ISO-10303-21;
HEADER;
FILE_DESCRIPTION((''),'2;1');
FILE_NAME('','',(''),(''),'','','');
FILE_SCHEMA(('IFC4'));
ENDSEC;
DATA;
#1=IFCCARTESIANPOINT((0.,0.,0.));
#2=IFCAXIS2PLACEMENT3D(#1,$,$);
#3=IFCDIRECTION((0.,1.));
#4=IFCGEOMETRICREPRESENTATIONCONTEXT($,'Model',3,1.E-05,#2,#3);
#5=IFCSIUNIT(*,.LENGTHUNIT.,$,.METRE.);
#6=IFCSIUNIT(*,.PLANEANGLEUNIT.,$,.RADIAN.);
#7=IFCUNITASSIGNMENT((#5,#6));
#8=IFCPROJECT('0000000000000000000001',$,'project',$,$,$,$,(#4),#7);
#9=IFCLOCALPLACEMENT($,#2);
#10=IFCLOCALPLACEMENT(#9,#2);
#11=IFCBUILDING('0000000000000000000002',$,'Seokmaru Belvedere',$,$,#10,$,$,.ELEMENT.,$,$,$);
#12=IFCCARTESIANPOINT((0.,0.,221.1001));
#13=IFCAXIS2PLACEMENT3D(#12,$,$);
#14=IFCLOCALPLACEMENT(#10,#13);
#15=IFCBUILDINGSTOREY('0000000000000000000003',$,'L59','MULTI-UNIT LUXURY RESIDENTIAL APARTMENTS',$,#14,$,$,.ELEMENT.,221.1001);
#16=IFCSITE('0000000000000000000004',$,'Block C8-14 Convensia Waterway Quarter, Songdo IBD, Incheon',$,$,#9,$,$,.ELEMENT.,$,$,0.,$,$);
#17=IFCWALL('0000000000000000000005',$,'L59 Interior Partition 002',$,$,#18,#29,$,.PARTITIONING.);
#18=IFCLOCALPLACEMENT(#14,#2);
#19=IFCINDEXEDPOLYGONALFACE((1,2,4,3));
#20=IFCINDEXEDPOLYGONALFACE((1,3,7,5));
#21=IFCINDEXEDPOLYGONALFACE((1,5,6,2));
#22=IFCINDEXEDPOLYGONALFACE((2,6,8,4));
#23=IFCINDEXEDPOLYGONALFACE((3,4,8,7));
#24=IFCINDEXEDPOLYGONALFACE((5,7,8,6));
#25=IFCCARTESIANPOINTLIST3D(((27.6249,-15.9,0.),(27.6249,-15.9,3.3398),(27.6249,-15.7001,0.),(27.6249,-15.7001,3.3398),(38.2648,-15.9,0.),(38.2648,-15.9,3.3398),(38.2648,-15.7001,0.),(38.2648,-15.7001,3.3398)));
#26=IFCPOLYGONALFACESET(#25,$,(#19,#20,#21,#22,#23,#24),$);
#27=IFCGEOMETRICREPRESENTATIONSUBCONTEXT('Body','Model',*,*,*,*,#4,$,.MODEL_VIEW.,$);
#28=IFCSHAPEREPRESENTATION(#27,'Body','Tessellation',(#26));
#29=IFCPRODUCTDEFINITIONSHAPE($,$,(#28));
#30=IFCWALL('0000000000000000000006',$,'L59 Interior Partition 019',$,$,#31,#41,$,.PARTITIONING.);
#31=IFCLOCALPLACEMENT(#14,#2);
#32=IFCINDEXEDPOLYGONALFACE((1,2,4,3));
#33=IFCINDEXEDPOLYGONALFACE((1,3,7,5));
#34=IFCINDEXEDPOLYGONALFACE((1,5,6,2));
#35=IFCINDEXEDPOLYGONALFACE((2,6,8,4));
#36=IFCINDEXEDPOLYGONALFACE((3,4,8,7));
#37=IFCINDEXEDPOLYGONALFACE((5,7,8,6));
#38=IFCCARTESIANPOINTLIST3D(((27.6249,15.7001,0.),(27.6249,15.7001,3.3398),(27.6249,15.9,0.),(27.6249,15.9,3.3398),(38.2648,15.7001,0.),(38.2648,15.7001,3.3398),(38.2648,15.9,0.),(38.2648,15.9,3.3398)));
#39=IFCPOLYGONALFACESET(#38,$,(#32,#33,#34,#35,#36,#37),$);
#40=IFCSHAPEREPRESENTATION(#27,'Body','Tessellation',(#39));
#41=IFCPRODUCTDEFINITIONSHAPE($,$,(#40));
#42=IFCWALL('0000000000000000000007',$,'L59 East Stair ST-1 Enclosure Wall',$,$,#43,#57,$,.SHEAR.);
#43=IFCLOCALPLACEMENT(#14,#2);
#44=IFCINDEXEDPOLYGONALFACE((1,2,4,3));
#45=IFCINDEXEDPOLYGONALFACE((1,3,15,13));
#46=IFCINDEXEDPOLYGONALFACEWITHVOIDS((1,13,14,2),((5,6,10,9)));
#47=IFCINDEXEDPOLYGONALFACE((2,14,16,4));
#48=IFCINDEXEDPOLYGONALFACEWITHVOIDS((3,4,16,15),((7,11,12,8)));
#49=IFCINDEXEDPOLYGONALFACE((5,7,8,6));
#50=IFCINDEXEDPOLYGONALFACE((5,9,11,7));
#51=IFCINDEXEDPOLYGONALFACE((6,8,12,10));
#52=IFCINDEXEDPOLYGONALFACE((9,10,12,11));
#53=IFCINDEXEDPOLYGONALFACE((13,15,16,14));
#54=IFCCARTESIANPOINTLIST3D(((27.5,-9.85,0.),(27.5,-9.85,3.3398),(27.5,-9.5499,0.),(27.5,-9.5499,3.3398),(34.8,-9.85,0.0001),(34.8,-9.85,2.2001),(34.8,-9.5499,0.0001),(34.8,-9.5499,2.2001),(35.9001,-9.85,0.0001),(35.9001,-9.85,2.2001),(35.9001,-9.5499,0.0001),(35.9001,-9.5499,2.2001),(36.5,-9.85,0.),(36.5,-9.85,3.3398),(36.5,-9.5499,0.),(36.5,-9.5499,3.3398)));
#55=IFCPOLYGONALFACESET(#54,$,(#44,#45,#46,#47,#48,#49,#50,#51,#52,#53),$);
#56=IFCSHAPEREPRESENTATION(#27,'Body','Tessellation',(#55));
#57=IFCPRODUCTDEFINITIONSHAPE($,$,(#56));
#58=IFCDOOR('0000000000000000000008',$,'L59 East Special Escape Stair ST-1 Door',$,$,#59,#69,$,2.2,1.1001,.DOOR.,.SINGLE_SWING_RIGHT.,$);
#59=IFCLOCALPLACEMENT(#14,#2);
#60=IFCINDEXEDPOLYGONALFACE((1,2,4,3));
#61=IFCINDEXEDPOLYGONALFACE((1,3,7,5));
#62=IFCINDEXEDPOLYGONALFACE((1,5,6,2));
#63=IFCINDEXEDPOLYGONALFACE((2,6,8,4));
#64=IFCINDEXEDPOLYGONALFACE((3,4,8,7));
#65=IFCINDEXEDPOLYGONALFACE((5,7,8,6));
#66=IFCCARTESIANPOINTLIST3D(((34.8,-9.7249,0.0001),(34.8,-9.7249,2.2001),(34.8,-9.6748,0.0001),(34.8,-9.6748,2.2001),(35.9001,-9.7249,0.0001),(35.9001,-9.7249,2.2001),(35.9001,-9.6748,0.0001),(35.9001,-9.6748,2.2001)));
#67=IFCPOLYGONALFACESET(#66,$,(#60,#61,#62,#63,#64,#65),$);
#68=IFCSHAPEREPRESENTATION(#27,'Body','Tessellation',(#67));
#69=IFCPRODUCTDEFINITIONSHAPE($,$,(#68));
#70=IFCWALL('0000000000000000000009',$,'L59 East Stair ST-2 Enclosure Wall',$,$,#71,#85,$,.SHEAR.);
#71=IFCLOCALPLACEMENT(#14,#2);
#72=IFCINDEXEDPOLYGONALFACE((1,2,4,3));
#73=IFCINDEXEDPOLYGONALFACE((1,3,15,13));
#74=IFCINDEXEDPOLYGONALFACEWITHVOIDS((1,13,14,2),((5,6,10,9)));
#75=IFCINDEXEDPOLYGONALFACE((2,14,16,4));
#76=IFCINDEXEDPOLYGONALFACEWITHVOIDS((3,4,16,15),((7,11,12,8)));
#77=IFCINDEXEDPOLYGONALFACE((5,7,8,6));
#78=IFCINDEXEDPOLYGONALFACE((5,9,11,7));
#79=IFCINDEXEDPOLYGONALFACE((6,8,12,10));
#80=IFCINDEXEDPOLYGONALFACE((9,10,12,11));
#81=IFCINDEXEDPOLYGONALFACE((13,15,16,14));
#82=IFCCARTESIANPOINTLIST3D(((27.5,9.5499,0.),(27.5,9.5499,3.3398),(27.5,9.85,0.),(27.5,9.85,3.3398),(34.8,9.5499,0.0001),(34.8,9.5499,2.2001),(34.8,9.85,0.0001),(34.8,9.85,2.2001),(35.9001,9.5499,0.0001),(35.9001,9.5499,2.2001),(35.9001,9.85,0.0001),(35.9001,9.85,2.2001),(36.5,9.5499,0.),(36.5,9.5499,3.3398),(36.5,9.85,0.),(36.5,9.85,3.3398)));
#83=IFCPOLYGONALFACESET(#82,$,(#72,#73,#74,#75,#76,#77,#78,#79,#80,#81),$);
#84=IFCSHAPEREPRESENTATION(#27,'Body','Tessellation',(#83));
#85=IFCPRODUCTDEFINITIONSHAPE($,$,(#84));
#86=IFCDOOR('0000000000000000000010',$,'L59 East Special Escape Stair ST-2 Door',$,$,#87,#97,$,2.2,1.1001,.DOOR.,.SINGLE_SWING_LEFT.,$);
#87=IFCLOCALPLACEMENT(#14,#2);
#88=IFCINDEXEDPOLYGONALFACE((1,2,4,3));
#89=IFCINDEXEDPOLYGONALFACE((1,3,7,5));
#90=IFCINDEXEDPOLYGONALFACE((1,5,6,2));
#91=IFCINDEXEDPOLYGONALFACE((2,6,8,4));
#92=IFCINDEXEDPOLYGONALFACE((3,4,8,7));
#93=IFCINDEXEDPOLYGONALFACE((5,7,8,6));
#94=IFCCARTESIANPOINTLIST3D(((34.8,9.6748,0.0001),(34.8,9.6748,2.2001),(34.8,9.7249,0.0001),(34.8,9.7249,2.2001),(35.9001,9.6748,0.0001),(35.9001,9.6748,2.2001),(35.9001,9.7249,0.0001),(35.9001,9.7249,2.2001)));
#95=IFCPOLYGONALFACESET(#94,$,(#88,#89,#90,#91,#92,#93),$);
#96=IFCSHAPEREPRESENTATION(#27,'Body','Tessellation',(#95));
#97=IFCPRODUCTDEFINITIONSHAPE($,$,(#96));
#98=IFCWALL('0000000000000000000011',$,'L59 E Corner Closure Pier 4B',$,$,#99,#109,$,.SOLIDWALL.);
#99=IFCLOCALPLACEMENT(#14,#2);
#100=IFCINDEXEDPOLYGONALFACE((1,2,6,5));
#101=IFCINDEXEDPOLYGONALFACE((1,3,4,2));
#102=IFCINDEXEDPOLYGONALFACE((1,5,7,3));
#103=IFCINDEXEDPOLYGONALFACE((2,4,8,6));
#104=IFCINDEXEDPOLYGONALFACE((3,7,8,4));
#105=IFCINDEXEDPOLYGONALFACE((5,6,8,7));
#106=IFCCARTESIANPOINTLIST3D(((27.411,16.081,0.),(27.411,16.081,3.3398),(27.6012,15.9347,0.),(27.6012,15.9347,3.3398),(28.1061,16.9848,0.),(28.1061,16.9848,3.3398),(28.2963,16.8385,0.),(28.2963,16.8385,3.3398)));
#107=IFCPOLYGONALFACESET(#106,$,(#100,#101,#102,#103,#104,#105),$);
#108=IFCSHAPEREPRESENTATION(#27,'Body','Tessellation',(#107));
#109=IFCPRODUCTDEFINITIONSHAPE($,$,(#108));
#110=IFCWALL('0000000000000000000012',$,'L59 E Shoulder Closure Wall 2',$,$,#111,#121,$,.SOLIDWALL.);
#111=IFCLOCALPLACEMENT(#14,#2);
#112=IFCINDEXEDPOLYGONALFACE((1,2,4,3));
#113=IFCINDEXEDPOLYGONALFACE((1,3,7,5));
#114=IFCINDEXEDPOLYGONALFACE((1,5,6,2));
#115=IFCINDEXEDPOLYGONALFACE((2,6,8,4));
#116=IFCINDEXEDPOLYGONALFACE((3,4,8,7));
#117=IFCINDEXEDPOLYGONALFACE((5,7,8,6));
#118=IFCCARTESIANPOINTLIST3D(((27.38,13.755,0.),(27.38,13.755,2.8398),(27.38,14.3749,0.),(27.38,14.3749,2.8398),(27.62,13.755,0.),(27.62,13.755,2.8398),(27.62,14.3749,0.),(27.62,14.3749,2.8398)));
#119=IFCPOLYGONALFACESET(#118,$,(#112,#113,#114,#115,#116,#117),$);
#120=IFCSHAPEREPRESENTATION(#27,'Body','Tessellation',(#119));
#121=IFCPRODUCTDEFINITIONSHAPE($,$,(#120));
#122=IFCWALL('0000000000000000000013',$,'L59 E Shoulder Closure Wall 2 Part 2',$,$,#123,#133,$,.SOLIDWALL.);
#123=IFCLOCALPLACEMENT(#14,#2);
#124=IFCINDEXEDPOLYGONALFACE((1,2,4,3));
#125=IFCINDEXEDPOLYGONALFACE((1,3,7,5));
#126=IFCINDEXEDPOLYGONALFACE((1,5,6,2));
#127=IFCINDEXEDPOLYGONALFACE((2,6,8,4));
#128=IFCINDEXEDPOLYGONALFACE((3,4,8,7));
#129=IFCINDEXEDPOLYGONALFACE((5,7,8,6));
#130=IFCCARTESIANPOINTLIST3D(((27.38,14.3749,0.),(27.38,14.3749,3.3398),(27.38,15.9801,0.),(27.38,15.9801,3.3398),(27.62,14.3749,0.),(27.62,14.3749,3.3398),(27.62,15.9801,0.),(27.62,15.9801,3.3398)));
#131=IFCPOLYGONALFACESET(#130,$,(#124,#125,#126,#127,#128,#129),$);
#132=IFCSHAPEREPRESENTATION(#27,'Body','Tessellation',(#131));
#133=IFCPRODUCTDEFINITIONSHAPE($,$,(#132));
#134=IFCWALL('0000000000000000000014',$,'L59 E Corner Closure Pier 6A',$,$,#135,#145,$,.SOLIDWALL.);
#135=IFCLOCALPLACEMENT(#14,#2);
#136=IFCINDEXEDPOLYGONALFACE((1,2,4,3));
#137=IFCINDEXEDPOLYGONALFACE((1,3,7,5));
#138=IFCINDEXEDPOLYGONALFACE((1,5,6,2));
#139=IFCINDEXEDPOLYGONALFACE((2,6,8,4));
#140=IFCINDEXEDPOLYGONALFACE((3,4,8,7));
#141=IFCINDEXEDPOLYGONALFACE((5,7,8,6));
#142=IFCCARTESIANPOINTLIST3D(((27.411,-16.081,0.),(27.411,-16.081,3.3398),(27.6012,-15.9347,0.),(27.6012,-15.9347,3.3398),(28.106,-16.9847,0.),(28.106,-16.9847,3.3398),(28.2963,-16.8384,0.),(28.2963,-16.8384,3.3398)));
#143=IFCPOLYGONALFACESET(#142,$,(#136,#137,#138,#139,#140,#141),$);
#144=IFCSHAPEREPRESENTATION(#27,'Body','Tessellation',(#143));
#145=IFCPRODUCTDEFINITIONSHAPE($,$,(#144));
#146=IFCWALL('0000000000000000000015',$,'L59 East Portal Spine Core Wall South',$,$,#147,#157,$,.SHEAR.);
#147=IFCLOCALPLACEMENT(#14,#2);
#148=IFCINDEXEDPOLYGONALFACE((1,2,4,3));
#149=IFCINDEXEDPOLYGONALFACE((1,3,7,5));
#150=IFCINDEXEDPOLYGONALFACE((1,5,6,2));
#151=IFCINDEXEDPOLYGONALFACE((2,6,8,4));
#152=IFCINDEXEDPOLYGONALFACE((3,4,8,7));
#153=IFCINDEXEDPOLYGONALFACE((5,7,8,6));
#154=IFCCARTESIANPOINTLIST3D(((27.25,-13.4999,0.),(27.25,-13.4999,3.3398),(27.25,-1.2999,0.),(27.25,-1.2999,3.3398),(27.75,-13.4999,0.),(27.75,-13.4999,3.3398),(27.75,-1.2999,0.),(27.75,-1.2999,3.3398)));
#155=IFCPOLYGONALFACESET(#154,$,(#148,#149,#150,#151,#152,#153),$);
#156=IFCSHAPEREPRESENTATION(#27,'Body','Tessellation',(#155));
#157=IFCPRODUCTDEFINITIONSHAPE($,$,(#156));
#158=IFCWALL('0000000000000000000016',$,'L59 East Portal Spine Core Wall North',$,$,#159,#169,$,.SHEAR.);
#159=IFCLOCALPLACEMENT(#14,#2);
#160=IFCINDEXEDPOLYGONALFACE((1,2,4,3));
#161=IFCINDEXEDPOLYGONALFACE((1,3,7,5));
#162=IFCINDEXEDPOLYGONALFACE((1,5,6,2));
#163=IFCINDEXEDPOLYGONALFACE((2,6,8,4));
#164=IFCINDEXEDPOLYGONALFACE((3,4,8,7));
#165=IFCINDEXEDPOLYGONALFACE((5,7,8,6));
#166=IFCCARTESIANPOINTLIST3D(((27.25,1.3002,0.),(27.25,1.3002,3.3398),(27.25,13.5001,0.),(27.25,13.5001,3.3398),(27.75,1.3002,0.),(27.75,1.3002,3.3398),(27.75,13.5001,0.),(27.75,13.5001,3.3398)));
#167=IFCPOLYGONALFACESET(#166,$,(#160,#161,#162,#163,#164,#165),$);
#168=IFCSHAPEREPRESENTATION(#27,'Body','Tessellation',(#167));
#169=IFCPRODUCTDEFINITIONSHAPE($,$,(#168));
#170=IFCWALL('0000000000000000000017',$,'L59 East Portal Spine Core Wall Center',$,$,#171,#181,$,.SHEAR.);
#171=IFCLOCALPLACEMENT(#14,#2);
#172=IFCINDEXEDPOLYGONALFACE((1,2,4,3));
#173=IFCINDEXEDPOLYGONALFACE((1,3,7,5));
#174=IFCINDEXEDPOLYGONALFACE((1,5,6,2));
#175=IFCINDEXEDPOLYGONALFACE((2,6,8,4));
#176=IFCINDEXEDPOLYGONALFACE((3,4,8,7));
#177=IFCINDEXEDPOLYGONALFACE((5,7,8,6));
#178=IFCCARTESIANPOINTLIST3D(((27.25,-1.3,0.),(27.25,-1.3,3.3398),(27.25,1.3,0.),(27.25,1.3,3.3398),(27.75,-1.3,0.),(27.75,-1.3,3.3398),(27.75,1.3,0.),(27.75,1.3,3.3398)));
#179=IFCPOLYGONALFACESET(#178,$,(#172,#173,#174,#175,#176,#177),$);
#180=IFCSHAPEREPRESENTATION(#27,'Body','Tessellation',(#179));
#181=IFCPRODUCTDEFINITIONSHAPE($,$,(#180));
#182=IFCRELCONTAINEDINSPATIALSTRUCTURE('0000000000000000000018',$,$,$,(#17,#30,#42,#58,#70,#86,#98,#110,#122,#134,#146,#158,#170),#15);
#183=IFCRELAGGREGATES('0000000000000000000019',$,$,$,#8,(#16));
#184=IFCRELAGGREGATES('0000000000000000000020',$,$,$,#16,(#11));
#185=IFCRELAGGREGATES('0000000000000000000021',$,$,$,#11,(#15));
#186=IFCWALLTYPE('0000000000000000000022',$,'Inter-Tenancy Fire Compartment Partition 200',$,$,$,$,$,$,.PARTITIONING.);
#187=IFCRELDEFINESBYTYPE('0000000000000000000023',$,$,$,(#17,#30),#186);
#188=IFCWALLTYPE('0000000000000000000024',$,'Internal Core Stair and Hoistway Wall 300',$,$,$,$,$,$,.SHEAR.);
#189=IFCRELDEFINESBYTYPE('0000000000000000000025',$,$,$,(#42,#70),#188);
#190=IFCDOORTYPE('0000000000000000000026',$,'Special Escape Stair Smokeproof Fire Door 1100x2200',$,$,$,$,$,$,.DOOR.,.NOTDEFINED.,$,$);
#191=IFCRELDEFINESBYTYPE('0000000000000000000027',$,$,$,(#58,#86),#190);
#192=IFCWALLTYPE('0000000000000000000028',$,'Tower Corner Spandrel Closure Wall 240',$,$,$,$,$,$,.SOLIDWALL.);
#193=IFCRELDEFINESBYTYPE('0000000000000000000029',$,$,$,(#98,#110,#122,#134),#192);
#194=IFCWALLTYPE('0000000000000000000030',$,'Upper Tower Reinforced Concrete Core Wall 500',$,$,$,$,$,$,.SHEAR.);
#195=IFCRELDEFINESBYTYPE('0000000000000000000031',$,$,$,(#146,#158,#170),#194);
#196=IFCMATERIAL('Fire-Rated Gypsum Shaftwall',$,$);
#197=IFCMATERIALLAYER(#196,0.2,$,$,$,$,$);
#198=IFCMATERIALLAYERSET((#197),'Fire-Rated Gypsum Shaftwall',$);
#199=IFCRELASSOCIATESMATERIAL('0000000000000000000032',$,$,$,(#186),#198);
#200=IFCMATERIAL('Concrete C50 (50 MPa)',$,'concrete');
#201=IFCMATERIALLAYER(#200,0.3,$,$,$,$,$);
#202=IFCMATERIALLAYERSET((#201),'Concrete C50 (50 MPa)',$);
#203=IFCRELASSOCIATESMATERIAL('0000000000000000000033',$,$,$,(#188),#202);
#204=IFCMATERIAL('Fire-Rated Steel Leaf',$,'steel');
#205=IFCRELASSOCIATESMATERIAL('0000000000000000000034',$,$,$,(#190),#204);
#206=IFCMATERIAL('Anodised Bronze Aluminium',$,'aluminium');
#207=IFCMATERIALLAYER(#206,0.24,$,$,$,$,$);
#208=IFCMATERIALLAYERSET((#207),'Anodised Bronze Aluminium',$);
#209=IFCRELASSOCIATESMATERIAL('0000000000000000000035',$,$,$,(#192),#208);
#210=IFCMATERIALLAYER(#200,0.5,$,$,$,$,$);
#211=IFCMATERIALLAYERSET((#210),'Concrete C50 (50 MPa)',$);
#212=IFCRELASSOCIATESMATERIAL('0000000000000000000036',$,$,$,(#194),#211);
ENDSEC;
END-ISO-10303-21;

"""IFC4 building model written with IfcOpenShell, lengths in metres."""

from ifc_helpers import new_model, si_unit, direction, frame, frame_2d, origin, place, context, subcontext, project, spatial, rectangle, extrude, source, transform, mapped, material, layer, layer_set, type_object, type_shapes, element, fill, save


model = new_model("IFC4")

# Units and contexts
model_context = context("Model", 3, precision=1e-05, world=origin(), true_north=direction((0.0, 1.0)))
body_context = subcontext(model_context, "Body", "Model", "MODEL_VIEW")
ifc_project = project(units=[si_unit("LENGTHUNIT", "METRE"), si_unit("PLANEANGLEUNIT", "RADIAN")], contexts=[model_context])

# Site, building, storey
site_placement = place(None, origin())
site = spatial("IfcSite", under=ifc_project, at=site_placement, Name="Block C8-14 Convensia Waterway Quarter, Songdo IBD, Incheon", CompositionType="ELEMENT", RefElevation=0.0)
building_placement = place(site_placement, origin())
building = spatial("IfcBuilding", under=site, at=building_placement, Name="Seokmaru Belvedere", CompositionType="ELEMENT")
storey_placement = place(building_placement, frame((0.0, 0.0, 221.1001)))
storey = spatial("IfcBuildingStorey", under=building, at=storey_placement, Name="L59", Description="MULTI-UNIT LUXURY RESIDENTIAL APARTMENTS", CompositionType="ELEMENT", Elevation=221.1001)

# Shared definitions
ifc_material_1 = material(Name="Anodised Bronze Aluminium", Category="aluminium")

# Shared definitions
ifc_material_2 = material(Name="Fire-Rated Gypsum Shaftwall")
ifc_material_3 = material(Name="Fire-Rated Steel Leaf", Category="steel")

# Walls
ifc_material_4 = material(Name="Concrete C50 (50 MPa)", Category="concrete")
ifc_layer_1 = layer(ifc_material_2, 0.2)
ifc_layer_set_1 = layer_set([ifc_layer_1], Name="Fire-Rated Gypsum Shaftwall")
wall_type_1 = type_object("IfcWallType", Name="Inter-Tenancy Fire Compartment Partition 200", PredefinedType="PARTITIONING", material=ifc_layer_set_1)
for number, where, z_axis, x_axis, name in (
    (1, (27.625, -15.8, 0.0), (0.0, 0.0, 1.0), (1.0, 0.0, 0.0), "L59 Interior Partition 002"),
    (2, (27.625, 15.8, 0.0), (0.0, 0.0, 1.0), (1.0, 0.0, 0.0), "L59 Interior Partition 019"),
):
    element("IfcWall", number, at=place(storey_placement, frame(where, z_axis=z_axis, x_axis=x_axis)), inside=storey, type_object=wall_type_1, Name=name, PredefinedType="PARTITIONING", context=body_context, shape_type="SweptSolid", body=[
        extrude(rectangle(XDim=10.6399, YDim=0.2, at=frame_2d((5.3198, 0.0))), origin(), (0.0, 0.0, 1.0), 3.3398),
    ])

# Walls, openings, doors
ifc_layer_2 = layer(ifc_material_4, 0.3)
ifc_layer_set_2 = layer_set([ifc_layer_2], Name="Concrete C50 (50 MPa)")
wall_type_2 = type_object("IfcWallType", Name="Internal Core Stair and Hoistway Wall 300", PredefinedType="SHEAR", material=ifc_layer_set_2)
wall_1_placement = place(storey_placement, frame((27.5, -9.7, 0.0), z_axis=(0.0, 0.0, 1.0), x_axis=(1.0, 0.0, 0.0)))
wall_1 = element("IfcWall", 3, at=wall_1_placement, inside=storey, type_object=wall_type_2, Name="L59 East Stair ST-1 Enclosure Wall", PredefinedType="SHEAR", context=body_context, shape_type="SweptSolid", body=[
    extrude(rectangle(XDim=9.0, YDim=0.3, at=frame_2d((4.5, 0.0))), origin(), (0.0, 0.0, 1.0), 3.3398),
])
opening_1_placement = place(wall_1_placement, frame((7.3, 0.0, 0.0)))
opening_1 = element("IfcOpeningElement", 4, at=opening_1_placement, cuts=wall_1, PredefinedType="OPENING", context=body_context, shape_type="SweptSolid", body=[
    extrude(rectangle(XDim=1.1001, YDim=2.2, at=frame_2d((0.55, 1.1001))), frame((0.0, 0.1602, 0.0), z_axis=(0.0, -1.0, 0.0), x_axis=(1.0, 0.0, 0.0)), (0.0, 0.0, 1.0), 0.3201),
])
door_type_1 = type_object("IfcDoorType", Name="Special Escape Stair Smokeproof Fire Door 1100x2200", OperationType="NOTDEFINED", PredefinedType="DOOR", material=ifc_material_3)
shared_shape_1 = source(origin(), body_context, "Body", "SweptSolid", [
    extrude(rectangle(XDim=1.1001, YDim=2.2, at=frame_2d((0.55, 1.1001))), frame((0.0, 0.0249, 0.0), z_axis=(0.0, -1.0, 0.0), x_axis=(1.0, 0.0, 0.0)), (0.0, 0.0, 1.0), 0.05),
])
type_shapes(door_type_1, [shared_shape_1])
door_1_placement = place(opening_1_placement, frame((1.1001, 0.0, 0.0), z_axis=(0.0, 0.0, 1.0), x_axis=(-1.0, 0.0, 0.0)))
door_1 = element("IfcDoor", 5, at=door_1_placement, inside=storey, type_object=door_type_1, Name="L59 East Special Escape Stair ST-1 Door", OperationType="SINGLE_SWING_RIGHT", OverallHeight=2.2, OverallWidth=1.1001, PredefinedType="DOOR", context=body_context, shape_type="MappedRepresentation", body=[
    mapped(shared_shape_1, transform((0.0, 0.0, 0.0), scale=1.0)),
])
fill(opening_1, door_1)
wall_2_placement = place(storey_placement, frame((27.5, 9.7, 0.0), z_axis=(0.0, 0.0, 1.0), x_axis=(1.0, 0.0, 0.0)))
wall_2 = element("IfcWall", 6, at=wall_2_placement, inside=storey, type_object=wall_type_2, Name="L59 East Stair ST-2 Enclosure Wall", PredefinedType="SHEAR", context=body_context, shape_type="SweptSolid", body=[
    extrude(rectangle(XDim=9.0, YDim=0.3, at=frame_2d((4.5, 0.0))), origin(), (0.0, 0.0, 1.0), 3.3398),
])
opening_2_placement = place(wall_2_placement, frame((7.3, 0.0, 0.0)))
opening_2 = element("IfcOpeningElement", 7, at=opening_2_placement, cuts=wall_2, PredefinedType="OPENING", context=body_context, shape_type="SweptSolid", body=[
    extrude(rectangle(XDim=1.1001, YDim=2.2, at=frame_2d((0.55, 1.1001))), frame((0.0, 0.1602, 0.0), z_axis=(0.0, -1.0, 0.0), x_axis=(1.0, 0.0, 0.0)), (0.0, 0.0, 1.0), 0.3201),
])
door_2_placement = place(opening_2_placement, origin())
door_2 = element("IfcDoor", 8, at=door_2_placement, inside=storey, type_object=door_type_1, Name="L59 East Special Escape Stair ST-2 Door", OperationType="SINGLE_SWING_LEFT", OverallHeight=2.2, OverallWidth=1.1001, PredefinedType="DOOR", context=body_context, shape_type="MappedRepresentation", body=[
    mapped(shared_shape_1, transform((0.0, 0.0, 0.0), scale=1.0)),
])
fill(opening_2, door_2)

# Walls
ifc_layer_3 = layer(ifc_material_1, 0.24)
ifc_layer_set_3 = layer_set([ifc_layer_3], Name="Anodised Bronze Aluminium")
wall_type_3 = type_object("IfcWallType", Name="Tower Corner Spandrel Closure Wall 240", PredefinedType="SOLIDWALL", material=ifc_layer_set_3)
wall_3_placement = place(storey_placement, frame((28.2012, 16.9116, 0.0), z_axis=(0.0, 0.0, 1.0), x_axis=(-0.609618, -0.792696, 0.0)))
element("IfcWall", 9, at=wall_3_placement, inside=storey, type_object=wall_type_3, Name="L59 E Corner Closure Pier 4B", PredefinedType="SOLIDWALL", context=body_context, shape_type="SweptSolid", body=[
    extrude(rectangle(XDim=1.1401, YDim=0.24, at=frame_2d((0.5701, 0.0))), origin(), (0.0, 0.0, 1.0), 3.3398),
])
for number, where, z_axis, x_axis, name in (
    (10, (27.5, 13.7549, 0.0), (0.0, 0.0, 1.0), (0.0, 1.0, 0.0), "L59 E Shoulder Closure Wall 2"),
):
    element("IfcWall", number, at=place(storey_placement, frame(where, z_axis=z_axis, x_axis=x_axis)), inside=storey, type_object=wall_type_3, Name=name, PredefinedType="SOLIDWALL", context=body_context, shape_type="SweptSolid", body=[
        extrude(rectangle(XDim=0.6199, YDim=0.24, at=frame_2d((0.3101, 0.0))), origin(), (0.0, 0.0, 1.0), 2.8398),
    ])
wall_4_placement = place(storey_placement, frame((27.5, 14.3748, 0.0), z_axis=(0.0, 0.0, 1.0), x_axis=(0.0, 1.0, 0.0)))
element("IfcWall", 11, at=wall_4_placement, inside=storey, type_object=wall_type_3, Name="L59 E Shoulder Closure Wall 2 Part 2", PredefinedType="SOLIDWALL", context=body_context, shape_type="SweptSolid", body=[
    extrude(rectangle(XDim=1.6052, YDim=0.24, at=frame_2d((0.8027, 0.0))), origin(), (0.0, 0.0, 1.0), 3.3398),
])
wall_5_placement = place(storey_placement, frame((27.5061, -16.0078, 0.0), z_axis=(0.0, 0.0, 1.0), x_axis=(0.609618, -0.792696, 0.0)))
element("IfcWall", 12, at=wall_5_placement, inside=storey, type_object=wall_type_3, Name="L59 E Corner Closure Pier 6A", PredefinedType="SOLIDWALL", context=body_context, shape_type="SweptSolid", body=[
    extrude(rectangle(XDim=1.1401, YDim=0.24, at=frame_2d((0.5701, 0.0))), origin(), (0.0, 0.0, 1.0), 3.3398),
])
ifc_layer_4 = layer(ifc_material_4, 0.5)
ifc_layer_set_4 = layer_set([ifc_layer_4], Name="Concrete C50 (50 MPa)")
wall_type_4 = type_object("IfcWallType", Name="Upper Tower Reinforced Concrete Core Wall 500", PredefinedType="SHEAR", material=ifc_layer_set_4)
for number, where, z_axis, x_axis, name in (
    (13, (27.5, -13.5, 0.0), (0.0, 0.0, 1.0), (0.0, 1.0, 0.0), "L59 East Portal Spine Core Wall South"),
    (14, (27.5, 1.3, 0.0), (0.0, 0.0, 1.0), (0.0, 1.0, 0.0), "L59 East Portal Spine Core Wall North"),
):
    element("IfcWall", number, at=place(storey_placement, frame(where, z_axis=z_axis, x_axis=x_axis)), inside=storey, type_object=wall_type_4, Name=name, PredefinedType="SHEAR", context=body_context, shape_type="SweptSolid", body=[
        extrude(rectangle(XDim=12.2, YDim=0.5, at=frame_2d((6.1001, 0.0))), origin(), (0.0, 0.0, 1.0), 3.3398),
    ])
wall_6_placement = place(storey_placement, frame((27.5, -1.3, 0.0), z_axis=(0.0, 0.0, 1.0), x_axis=(0.0, 1.0, 0.0)))
element("IfcWall", 15, at=wall_6_placement, inside=storey, type_object=wall_type_4, Name="L59 East Portal Spine Core Wall Center", PredefinedType="SHEAR", context=body_context, shape_type="SweptSolid", body=[
    extrude(rectangle(XDim=2.6001, YDim=0.5, at=frame_2d((1.3, 0.0))), origin(), (0.0, 0.0, 1.0), 3.3398),
])

save(model, "model.ifc")
